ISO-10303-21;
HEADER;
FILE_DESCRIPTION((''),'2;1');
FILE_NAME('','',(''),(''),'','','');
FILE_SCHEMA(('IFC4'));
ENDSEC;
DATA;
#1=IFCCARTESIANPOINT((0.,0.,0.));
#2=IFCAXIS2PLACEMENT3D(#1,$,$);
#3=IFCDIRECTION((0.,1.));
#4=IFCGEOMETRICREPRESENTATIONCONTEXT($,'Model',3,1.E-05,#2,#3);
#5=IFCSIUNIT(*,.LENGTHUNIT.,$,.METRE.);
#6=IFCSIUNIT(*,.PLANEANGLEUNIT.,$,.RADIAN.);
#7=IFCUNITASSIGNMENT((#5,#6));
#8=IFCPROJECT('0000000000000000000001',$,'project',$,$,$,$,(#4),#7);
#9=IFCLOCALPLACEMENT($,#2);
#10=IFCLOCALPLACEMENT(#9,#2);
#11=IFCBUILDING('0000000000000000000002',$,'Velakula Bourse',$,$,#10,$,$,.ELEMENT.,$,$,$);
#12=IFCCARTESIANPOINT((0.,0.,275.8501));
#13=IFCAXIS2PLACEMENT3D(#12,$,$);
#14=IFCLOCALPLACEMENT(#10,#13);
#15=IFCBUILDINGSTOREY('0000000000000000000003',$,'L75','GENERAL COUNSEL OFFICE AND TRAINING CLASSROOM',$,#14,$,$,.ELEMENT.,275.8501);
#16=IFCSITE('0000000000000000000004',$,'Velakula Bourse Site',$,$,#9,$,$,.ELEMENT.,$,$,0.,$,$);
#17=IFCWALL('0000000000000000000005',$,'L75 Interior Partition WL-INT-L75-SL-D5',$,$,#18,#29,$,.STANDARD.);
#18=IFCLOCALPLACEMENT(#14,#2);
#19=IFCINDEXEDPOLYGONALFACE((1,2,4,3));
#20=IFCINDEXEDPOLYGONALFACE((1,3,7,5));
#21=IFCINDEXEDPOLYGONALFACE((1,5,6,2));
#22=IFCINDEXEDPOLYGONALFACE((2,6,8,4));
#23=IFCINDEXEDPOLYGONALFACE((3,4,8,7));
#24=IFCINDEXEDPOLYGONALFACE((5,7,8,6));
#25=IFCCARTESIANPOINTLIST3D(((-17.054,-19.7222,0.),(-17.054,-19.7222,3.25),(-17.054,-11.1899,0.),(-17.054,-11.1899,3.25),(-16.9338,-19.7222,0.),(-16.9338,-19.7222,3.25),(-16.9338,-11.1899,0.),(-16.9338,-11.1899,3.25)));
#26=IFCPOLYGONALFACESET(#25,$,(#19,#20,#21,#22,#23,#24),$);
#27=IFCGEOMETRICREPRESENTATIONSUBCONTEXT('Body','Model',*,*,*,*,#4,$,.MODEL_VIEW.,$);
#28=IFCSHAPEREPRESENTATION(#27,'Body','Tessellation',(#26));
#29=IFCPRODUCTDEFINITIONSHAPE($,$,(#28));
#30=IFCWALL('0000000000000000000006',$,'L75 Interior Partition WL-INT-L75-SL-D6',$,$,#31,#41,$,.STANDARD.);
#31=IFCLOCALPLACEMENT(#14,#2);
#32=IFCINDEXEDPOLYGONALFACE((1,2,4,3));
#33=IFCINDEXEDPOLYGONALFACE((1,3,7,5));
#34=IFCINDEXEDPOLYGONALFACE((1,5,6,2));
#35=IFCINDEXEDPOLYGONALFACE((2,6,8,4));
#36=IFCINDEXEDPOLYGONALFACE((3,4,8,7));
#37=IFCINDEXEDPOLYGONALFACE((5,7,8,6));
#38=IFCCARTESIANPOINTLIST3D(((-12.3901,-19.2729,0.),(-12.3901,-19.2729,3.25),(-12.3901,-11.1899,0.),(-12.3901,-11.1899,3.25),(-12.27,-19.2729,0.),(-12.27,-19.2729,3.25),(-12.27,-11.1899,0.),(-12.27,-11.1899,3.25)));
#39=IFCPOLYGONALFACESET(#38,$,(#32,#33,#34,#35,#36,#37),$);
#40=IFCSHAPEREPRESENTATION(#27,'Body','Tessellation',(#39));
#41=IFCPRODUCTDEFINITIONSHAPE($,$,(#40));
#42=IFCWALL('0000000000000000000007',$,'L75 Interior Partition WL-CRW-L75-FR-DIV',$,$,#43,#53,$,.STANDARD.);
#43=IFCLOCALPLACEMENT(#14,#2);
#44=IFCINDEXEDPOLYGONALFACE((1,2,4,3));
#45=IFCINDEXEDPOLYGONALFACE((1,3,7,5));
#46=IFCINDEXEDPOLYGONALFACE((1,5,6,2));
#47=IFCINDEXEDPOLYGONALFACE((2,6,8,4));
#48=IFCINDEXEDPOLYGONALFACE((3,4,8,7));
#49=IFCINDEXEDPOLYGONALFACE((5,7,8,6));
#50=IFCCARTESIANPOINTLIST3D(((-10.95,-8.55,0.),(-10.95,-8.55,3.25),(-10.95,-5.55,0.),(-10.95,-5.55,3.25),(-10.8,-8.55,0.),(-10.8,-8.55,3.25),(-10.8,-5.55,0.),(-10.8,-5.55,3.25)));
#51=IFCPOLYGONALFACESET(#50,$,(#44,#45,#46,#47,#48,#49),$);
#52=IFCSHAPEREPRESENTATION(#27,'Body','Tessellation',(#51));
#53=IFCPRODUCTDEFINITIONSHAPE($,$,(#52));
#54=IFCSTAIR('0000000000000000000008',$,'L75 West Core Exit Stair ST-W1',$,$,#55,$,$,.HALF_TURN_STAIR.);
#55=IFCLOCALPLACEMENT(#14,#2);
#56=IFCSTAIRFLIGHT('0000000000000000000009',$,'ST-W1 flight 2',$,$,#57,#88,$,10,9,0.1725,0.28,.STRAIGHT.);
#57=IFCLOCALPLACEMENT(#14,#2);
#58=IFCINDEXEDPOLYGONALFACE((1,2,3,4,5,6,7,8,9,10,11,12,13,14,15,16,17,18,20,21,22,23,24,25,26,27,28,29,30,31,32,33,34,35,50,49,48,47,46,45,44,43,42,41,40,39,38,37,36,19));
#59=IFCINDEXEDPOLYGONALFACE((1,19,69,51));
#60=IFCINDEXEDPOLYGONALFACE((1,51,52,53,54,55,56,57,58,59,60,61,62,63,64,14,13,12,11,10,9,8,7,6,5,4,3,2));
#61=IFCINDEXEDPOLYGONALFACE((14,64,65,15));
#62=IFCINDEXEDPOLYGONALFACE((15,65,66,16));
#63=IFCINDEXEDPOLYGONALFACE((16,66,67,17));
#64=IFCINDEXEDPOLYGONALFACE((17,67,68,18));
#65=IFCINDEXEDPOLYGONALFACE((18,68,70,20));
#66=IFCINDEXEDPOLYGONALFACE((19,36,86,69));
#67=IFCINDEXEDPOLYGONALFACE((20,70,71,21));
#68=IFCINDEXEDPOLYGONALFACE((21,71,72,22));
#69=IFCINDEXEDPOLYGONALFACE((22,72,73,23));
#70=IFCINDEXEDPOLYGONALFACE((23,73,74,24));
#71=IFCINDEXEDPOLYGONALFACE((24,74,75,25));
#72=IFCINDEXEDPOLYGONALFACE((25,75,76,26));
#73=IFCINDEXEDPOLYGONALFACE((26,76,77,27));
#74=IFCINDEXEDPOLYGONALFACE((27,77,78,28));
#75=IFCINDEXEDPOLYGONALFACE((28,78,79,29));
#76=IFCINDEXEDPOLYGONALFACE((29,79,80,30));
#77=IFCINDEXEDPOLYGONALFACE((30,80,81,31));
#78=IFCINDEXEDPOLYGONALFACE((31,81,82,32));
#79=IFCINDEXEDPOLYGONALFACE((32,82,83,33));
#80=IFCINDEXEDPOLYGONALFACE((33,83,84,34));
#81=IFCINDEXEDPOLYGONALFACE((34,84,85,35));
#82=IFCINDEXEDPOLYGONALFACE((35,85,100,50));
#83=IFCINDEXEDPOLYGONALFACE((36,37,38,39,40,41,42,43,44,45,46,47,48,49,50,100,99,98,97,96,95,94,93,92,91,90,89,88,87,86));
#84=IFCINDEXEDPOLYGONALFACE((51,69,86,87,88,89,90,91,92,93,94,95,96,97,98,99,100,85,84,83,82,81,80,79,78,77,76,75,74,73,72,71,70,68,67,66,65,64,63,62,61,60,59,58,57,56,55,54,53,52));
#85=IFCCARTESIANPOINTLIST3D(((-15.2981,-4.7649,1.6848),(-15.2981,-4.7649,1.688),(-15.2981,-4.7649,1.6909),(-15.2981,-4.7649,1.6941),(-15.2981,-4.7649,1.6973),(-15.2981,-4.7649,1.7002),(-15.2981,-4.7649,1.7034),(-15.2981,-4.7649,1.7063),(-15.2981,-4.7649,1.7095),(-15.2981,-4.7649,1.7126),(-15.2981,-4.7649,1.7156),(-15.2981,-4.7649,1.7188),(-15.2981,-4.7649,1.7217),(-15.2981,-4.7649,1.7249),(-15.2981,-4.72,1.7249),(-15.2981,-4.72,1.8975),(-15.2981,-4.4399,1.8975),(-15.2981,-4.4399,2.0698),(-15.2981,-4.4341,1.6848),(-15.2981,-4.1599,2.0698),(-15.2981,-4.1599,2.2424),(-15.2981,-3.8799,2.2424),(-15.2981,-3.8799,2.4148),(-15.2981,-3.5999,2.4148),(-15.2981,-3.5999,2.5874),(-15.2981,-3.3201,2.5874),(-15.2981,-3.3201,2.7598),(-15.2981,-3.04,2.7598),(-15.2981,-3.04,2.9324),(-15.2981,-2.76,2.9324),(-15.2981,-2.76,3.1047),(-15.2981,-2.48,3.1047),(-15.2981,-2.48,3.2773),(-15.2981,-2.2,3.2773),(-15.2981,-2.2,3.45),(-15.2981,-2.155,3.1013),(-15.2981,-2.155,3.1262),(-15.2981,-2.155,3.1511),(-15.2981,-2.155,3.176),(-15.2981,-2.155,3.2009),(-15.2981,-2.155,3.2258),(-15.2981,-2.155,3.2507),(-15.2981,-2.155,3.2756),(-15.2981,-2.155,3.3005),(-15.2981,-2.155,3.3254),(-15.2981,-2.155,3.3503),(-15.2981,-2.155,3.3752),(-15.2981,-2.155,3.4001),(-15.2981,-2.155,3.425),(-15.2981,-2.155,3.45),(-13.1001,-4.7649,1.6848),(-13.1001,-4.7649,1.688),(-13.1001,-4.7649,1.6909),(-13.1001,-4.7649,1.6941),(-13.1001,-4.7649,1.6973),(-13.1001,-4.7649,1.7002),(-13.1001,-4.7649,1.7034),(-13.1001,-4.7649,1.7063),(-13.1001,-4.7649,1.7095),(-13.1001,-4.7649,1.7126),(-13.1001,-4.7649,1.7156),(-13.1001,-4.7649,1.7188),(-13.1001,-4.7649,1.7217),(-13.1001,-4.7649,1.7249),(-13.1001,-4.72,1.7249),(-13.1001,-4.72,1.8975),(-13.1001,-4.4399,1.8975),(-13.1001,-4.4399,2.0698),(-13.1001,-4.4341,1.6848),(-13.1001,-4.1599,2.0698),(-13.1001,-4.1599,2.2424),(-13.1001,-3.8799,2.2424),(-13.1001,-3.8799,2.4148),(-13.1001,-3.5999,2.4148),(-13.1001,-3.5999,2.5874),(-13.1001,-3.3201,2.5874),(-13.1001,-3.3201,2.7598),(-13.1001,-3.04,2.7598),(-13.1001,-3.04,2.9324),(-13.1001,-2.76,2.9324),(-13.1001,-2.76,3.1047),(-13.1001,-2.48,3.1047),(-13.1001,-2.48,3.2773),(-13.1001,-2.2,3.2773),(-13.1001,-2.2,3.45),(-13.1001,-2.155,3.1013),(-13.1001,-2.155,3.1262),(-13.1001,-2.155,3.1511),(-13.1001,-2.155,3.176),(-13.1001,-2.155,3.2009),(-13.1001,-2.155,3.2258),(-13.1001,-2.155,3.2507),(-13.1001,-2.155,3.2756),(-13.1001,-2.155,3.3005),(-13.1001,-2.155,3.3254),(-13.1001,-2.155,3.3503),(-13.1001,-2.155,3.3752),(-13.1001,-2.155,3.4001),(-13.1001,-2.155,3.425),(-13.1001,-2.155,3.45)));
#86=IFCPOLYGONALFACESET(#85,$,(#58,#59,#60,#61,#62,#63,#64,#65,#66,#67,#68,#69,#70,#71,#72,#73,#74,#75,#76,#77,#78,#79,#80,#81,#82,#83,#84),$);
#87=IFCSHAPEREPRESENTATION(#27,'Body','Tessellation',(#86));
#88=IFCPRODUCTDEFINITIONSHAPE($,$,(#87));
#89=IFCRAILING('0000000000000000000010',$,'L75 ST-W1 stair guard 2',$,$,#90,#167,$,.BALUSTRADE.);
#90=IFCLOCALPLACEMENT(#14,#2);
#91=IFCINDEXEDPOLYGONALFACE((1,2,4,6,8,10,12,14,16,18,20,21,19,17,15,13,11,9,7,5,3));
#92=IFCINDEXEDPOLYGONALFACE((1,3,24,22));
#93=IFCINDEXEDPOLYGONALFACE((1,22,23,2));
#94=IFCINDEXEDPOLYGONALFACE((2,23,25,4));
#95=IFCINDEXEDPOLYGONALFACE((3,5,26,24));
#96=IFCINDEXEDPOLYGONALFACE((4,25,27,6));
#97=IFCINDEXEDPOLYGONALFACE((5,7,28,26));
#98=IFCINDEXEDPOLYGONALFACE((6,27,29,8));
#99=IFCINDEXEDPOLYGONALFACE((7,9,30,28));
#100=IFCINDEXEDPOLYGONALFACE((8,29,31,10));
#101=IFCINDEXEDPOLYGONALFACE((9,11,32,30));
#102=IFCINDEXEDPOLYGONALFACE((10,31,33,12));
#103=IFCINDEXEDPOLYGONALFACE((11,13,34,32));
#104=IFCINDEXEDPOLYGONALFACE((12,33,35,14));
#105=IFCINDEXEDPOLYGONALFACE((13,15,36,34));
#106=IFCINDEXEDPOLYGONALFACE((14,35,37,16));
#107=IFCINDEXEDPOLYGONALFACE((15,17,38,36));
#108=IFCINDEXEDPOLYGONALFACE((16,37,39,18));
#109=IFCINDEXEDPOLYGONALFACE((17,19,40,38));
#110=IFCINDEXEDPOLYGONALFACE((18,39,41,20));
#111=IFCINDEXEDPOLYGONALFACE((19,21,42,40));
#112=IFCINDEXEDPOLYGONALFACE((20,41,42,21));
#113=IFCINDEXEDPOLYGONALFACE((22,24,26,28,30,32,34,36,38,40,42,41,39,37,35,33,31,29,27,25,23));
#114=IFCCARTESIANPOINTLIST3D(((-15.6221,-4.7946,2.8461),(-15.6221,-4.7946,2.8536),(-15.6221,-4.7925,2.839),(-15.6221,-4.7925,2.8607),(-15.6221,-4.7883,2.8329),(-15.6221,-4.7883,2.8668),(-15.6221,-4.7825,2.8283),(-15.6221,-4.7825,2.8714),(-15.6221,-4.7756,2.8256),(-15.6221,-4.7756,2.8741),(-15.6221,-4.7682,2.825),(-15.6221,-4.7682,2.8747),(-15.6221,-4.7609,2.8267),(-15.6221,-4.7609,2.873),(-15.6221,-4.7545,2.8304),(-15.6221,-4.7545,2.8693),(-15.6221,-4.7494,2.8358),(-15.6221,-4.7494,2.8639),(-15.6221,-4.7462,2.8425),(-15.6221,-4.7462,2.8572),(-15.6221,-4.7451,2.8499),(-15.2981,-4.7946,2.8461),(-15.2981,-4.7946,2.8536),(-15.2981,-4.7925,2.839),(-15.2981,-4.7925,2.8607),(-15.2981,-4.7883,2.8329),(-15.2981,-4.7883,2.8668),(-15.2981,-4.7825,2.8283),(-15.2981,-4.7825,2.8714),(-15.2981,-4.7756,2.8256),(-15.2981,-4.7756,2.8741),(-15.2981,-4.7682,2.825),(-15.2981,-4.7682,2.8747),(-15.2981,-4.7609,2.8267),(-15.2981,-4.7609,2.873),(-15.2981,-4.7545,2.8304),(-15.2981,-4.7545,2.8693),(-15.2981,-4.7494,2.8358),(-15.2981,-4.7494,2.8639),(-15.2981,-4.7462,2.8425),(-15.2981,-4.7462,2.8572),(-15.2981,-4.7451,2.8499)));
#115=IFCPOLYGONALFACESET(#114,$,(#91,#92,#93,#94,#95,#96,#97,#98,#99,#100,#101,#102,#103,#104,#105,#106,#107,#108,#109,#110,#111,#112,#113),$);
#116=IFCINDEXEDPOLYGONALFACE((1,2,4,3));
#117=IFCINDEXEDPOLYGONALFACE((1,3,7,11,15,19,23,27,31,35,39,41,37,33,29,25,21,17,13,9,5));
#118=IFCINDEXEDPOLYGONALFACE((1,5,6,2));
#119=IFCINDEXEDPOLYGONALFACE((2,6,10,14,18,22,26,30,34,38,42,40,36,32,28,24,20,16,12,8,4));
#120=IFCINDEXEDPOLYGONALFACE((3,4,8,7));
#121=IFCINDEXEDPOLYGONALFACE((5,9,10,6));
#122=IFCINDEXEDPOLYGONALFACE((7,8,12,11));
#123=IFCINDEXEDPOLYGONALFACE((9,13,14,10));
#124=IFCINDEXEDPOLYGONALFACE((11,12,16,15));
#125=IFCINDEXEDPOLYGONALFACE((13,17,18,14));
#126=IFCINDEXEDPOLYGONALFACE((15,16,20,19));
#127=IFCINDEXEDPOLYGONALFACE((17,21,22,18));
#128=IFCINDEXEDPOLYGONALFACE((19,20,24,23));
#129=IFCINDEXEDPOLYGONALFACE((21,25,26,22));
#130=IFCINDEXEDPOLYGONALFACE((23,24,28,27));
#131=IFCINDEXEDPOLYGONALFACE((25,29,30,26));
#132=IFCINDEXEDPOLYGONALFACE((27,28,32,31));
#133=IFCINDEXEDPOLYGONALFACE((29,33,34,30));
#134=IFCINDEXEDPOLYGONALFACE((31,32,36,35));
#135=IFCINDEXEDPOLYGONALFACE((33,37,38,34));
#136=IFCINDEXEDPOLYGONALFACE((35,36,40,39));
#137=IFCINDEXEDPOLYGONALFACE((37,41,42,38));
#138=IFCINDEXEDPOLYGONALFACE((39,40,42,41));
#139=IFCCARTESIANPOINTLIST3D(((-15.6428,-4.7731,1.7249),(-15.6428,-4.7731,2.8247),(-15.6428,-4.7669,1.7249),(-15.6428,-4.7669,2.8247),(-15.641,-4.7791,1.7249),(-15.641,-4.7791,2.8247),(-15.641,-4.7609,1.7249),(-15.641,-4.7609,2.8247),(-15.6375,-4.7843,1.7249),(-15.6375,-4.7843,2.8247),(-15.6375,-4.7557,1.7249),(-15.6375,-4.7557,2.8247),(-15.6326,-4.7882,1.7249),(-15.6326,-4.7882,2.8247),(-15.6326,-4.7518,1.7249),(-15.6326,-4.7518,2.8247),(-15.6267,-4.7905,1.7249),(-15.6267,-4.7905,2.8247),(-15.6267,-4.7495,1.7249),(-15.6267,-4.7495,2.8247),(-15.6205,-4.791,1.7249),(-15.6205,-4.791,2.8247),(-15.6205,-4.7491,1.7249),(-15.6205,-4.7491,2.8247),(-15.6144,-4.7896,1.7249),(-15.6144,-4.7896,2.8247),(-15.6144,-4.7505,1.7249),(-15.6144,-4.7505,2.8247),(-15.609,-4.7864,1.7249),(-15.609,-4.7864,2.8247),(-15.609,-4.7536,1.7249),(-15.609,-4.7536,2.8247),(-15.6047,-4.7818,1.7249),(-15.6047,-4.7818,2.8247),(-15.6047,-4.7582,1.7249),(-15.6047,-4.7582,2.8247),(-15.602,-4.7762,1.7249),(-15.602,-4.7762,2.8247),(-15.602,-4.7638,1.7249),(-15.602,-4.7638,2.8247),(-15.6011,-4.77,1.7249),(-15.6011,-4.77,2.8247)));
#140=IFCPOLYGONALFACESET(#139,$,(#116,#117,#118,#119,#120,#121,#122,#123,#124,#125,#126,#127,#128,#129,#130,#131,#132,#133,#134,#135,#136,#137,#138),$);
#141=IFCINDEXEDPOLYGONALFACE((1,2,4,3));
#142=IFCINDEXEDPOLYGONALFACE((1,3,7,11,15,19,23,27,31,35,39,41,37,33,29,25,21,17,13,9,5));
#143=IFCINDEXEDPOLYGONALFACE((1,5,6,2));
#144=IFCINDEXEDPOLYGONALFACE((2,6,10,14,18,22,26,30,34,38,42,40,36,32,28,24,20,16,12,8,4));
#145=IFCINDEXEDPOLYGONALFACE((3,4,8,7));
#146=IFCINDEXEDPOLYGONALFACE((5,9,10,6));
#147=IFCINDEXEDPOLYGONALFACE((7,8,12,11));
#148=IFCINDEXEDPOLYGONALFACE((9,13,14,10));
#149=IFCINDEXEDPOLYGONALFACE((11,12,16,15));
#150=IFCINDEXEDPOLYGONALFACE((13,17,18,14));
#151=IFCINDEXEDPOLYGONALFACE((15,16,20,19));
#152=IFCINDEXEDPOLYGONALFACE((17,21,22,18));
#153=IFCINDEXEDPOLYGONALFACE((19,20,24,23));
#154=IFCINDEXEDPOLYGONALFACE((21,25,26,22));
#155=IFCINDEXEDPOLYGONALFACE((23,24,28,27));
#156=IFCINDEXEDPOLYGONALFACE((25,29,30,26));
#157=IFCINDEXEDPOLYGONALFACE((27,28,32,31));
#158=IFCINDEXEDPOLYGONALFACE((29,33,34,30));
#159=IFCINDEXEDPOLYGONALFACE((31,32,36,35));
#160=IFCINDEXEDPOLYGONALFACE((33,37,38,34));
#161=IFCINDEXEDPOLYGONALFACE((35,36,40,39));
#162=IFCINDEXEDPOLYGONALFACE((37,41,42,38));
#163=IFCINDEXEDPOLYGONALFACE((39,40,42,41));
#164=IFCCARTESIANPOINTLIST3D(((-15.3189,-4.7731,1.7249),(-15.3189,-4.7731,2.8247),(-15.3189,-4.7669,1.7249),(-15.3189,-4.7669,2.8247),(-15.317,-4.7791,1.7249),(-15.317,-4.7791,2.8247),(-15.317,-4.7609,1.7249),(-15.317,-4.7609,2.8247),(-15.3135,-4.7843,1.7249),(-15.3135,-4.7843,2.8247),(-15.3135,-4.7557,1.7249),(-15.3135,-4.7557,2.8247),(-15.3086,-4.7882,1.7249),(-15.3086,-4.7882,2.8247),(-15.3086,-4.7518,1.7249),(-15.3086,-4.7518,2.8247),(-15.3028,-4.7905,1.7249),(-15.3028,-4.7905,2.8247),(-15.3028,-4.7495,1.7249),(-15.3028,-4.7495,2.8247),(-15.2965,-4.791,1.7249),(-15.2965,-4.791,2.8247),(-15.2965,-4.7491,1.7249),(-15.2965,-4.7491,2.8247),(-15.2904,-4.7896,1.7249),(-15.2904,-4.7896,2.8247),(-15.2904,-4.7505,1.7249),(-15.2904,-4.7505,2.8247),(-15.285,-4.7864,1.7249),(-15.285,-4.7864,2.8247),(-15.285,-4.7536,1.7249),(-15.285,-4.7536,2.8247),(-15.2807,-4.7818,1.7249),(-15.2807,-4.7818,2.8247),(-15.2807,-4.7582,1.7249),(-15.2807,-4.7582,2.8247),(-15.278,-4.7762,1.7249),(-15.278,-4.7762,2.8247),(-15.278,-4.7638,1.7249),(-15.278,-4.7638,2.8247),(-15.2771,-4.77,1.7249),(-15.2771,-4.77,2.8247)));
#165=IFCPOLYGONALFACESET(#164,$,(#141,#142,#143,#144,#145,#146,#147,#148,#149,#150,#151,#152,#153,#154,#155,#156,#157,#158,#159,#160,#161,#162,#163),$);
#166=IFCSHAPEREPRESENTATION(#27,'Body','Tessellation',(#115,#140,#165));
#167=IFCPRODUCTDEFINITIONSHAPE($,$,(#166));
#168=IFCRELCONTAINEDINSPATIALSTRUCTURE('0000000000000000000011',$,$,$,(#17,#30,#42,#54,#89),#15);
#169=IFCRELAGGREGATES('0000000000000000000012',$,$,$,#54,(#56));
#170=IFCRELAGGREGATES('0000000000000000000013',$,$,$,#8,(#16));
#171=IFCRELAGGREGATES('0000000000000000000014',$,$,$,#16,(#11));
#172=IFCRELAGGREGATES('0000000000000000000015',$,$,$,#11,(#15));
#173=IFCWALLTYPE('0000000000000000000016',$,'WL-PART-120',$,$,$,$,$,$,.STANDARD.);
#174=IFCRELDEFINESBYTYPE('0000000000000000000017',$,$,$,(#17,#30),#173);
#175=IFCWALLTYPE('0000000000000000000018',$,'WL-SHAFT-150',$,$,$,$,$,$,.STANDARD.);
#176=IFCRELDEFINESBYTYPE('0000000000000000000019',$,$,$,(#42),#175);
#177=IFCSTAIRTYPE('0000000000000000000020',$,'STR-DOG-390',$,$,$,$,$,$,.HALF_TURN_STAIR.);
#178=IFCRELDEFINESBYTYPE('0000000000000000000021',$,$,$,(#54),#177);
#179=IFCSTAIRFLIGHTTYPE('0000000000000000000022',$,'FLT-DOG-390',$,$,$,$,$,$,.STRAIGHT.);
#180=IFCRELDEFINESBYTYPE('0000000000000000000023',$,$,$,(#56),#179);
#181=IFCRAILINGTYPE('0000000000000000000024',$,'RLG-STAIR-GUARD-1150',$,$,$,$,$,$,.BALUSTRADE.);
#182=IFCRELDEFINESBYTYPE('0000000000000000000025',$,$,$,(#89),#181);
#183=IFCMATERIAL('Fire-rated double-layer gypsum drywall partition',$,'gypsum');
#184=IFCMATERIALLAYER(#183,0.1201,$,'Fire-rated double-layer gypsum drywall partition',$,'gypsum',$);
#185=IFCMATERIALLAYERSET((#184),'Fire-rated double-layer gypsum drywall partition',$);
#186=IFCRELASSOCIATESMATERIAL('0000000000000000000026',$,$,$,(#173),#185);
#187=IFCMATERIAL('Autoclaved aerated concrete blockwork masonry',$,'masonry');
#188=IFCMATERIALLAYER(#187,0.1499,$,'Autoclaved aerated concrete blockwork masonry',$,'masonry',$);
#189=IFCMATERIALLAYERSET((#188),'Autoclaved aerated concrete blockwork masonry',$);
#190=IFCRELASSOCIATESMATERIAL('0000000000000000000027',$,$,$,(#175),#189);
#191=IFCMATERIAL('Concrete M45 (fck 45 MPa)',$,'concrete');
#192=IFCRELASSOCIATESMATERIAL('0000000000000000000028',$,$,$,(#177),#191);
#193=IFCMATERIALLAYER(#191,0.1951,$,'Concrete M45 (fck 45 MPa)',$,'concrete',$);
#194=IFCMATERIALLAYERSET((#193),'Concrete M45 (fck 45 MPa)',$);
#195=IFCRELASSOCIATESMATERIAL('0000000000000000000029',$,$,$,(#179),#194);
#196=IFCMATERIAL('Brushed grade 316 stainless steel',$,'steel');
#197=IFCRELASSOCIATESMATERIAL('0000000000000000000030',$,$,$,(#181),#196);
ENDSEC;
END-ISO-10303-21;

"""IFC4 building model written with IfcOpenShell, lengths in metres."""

from ifc_helpers import new_model, si_unit, direction, frame, frame_2d, origin, origin_2d, place, context, subcontext, project, spatial, polyline, rectangle, circle, outline, extrude, material, layer, layer_set, type_object, element, aggregate, save


model = new_model("IFC4")

# Units and contexts
model_context = context("Model", 3, precision=1e-05, world=origin(), true_north=direction((0.0, 1.0)))
body_context = subcontext(model_context, "Body", "Model", "MODEL_VIEW")
ifc_project = project(units=[si_unit("LENGTHUNIT", "METRE"), si_unit("PLANEANGLEUNIT", "RADIAN")], contexts=[model_context])

# Site, building, storey
site_placement = place(None, origin())
site = spatial("IfcSite", under=ifc_project, at=site_placement, Name="Velakula Bourse Site", CompositionType="ELEMENT", RefElevation=0.0)
building_placement = place(site_placement, origin())
building = spatial("IfcBuilding", under=site, at=building_placement, Name="Velakula Bourse", CompositionType="ELEMENT")
storey_placement = place(building_placement, frame((0.0, 0.0, 275.8501)))
storey = spatial("IfcBuildingStorey", under=building, at=storey_placement, Name="L75", Description="GENERAL COUNSEL OFFICE AND TRAINING CLASSROOM", CompositionType="ELEMENT", Elevation=275.8501)

# Walls
ifc_material_1 = material(Name="Fire-rated double-layer gypsum drywall partition", Category="gypsum")
ifc_layer_1 = layer(ifc_material_1, 0.1201, Name="Fire-rated double-layer gypsum drywall partition", Category="gypsum")
ifc_layer_set_1 = layer_set([ifc_layer_1], Name="Fire-rated double-layer gypsum drywall partition")
wall_type_1 = type_object("IfcWallType", Name="WL-PART-120", PredefinedType="STANDARD", material=ifc_layer_set_1)
wall_1_placement = place(storey_placement, frame((-16.9939, -19.7222, 0.0), z_axis=(0.0, 0.0, 1.0), x_axis=(0.0, 1.0, 0.0)))
element("IfcWall", 1, at=wall_1_placement, inside=storey, type_object=wall_type_1, Name="L75 Interior Partition WL-INT-L75-SL-D5", PredefinedType="STANDARD", context=body_context, shape_type="SweptSolid", body=[
    extrude(rectangle(XDim=8.5322, YDim=0.1201, at=frame_2d((4.2661, 0.0))), origin(), (0.0, 0.0, 1.0), 3.25),
])
wall_2_placement = place(storey_placement, frame((-12.3301, -19.2729, 0.0), z_axis=(0.0, 0.0, 1.0), x_axis=(0.0, 1.0, 0.0)))
element("IfcWall", 2, at=wall_2_placement, inside=storey, type_object=wall_type_1, Name="L75 Interior Partition WL-INT-L75-SL-D6", PredefinedType="STANDARD", context=body_context, shape_type="SweptSolid", body=[
    extrude(rectangle(XDim=8.083, YDim=0.1201, at=frame_2d((4.0415, 0.0))), origin(), (0.0, 0.0, 1.0), 3.25),
])

# Shared definitions
ifc_material_2 = material(Name="Autoclaved aerated concrete blockwork masonry", Category="masonry")
ifc_layer_2 = layer(ifc_material_2, 0.1499, Name="Autoclaved aerated concrete blockwork masonry", Category="masonry")
ifc_layer_set_2 = layer_set([ifc_layer_2], Name="Autoclaved aerated concrete blockwork masonry")
wall_type_2 = type_object("IfcWallType", Name="WL-SHAFT-150", PredefinedType="STANDARD", material=ifc_layer_set_2)
ifc_material_3 = material(Name="Brushed grade 316 stainless steel", Category="steel")

# Wall
wall_3_placement = place(storey_placement, frame((-10.875, -8.55, 0.0), z_axis=(0.0, 0.0, 1.0), x_axis=(0.0, 1.0, 0.0)))
element("IfcWall", 3, at=wall_3_placement, inside=storey, type_object=wall_type_2, Name="L75 Interior Partition WL-CRW-L75-FR-DIV", PredefinedType="STANDARD", context=body_context, shape_type="SweptSolid", body=[
    extrude(rectangle(XDim=3.0, YDim=0.1499, at=frame_2d((1.5, 0.0))), origin(), (0.0, 0.0, 1.0), 3.25),
])

# Stair, stair flight
ifc_material_4 = material(Name="Concrete M45 (fck 45 MPa)", Category="concrete")
stair_type = type_object("IfcStairType", Name="STR-DOG-390", PredefinedType="HALF_TURN_STAIR", material=ifc_material_4)
stair_placement = place(storey_placement, origin())
stair = element("IfcStair", 4, at=stair_placement, inside=storey, type_object=stair_type, Name="L75 West Core Exit Stair ST-W1", PredefinedType="HALF_TURN_STAIR")
ifc_layer_3 = layer(ifc_material_4, 0.1951, Name="Concrete M45 (fck 45 MPa)", Category="concrete")
ifc_layer_set_3 = layer_set([ifc_layer_3], Name="Concrete M45 (fck 45 MPa)")
stair_flight_type = type_object("IfcStairFlightType", Name="FLT-DOG-390", PredefinedType="STRAIGHT", material=ifc_layer_set_3)
stair_flight_placement = place(storey_placement, frame((-14.199, -4.72, 1.7249), z_axis=(0.0, 0.0, 1.0), x_axis=(0.0, 1.0, 0.0)))
stair_flight = element("IfcStairFlight", 5, at=stair_flight_placement, type_object=stair_flight_type, Name="ST-W1 flight 2", NumberOfRisers=10, NumberOfTreads=9, PredefinedType="STRAIGHT", RiserHeight=0.1725, TreadLength=0.28, context=body_context, shape_type="SweptSolid", body=[
    extrude(outline(polyline([(-0.0449, -0.04), (-0.0449, -0.0369), (-0.0449, -0.0339), (-0.0449, -0.0308), (-0.0449, -0.0276), (-0.0449, -0.0247), (-0.0449, -0.0215), (-0.0449, -0.0186), (-0.0449, -0.0154), (-0.0449, -0.0122), (-0.0449, -0.0093), (-0.0449, -0.0061), (-0.0449, -0.0032), (-0.0449, 0.0), (0.0, 0.0), (0.0, 0.1726), (0.28, 0.1726), (0.28, 0.345), (0.5601, 0.345), (0.5601, 0.5176), (0.8401, 0.5176), (0.8401, 0.6899), (1.1201, 0.6899), (1.1201, 0.8625), (1.3999, 0.8625), (1.3999, 1.0349), (1.6799, 1.0349), (1.6799, 1.2075), (1.96, 1.2075), (1.96, 1.3799), (2.24, 1.3799), (2.24, 1.5525), (2.52, 1.5525), (2.52, 1.7251), (2.5649, 1.7251), (2.5649, 1.7002), (2.5649, 1.6753), (2.5649, 1.6504), (2.5649, 1.6255), (2.5649, 1.6006), (2.5649, 1.5757), (2.5649, 1.5508), (2.5649, 1.5259), (2.5649, 1.501), (2.5649, 1.4761), (2.5649, 1.4512), (2.5649, 1.4263), (2.5649, 1.4014), (2.5649, 1.3765), (0.2859, -0.04), (-0.0449, -0.04)])), frame((0.0, 1.0991, 0.0), z_axis=(0.0, -1.0, 0.0), x_axis=(1.0, 0.0, 0.0)), (0.0, 0.0, 1.0), 2.198),
])
aggregate(stair, [stair_flight])

# Railing
railing_type_1 = type_object("IfcRailingType", Name="RLG-STAIR-GUARD-1150", PredefinedType="BALUSTRADE", material=ifc_material_3)
railing_1_placement = place(storey_placement, frame((-15.6221, -4.77, 1.7249)))
element("IfcRailing", 6, at=railing_1_placement, inside=storey, type_object=railing_type_1, Name="L75 ST-W1 stair guard 2", PredefinedType="BALUSTRADE", context=body_context, shape_type="SweptSolid", body=[
    extrude(circle(Radius=0.0249, at=origin_2d()), frame((0.0, 0.0, 1.125), z_axis=(1.0, 0.0, 0.0), x_axis=(0.0, 1.0, 0.0)), (0.0, 0.0, 1.0), 0.324),
    extrude(circle(Radius=0.021, at=origin_2d()), origin(), (0.0, 0.0, 1.0), 1.0999),
    extrude(circle(Radius=0.021, at=origin_2d()), frame((0.324, 0.0, 0.0)), (0.0, 0.0, 1.0), 1.0999),
])

save(model, "model.ifc")
